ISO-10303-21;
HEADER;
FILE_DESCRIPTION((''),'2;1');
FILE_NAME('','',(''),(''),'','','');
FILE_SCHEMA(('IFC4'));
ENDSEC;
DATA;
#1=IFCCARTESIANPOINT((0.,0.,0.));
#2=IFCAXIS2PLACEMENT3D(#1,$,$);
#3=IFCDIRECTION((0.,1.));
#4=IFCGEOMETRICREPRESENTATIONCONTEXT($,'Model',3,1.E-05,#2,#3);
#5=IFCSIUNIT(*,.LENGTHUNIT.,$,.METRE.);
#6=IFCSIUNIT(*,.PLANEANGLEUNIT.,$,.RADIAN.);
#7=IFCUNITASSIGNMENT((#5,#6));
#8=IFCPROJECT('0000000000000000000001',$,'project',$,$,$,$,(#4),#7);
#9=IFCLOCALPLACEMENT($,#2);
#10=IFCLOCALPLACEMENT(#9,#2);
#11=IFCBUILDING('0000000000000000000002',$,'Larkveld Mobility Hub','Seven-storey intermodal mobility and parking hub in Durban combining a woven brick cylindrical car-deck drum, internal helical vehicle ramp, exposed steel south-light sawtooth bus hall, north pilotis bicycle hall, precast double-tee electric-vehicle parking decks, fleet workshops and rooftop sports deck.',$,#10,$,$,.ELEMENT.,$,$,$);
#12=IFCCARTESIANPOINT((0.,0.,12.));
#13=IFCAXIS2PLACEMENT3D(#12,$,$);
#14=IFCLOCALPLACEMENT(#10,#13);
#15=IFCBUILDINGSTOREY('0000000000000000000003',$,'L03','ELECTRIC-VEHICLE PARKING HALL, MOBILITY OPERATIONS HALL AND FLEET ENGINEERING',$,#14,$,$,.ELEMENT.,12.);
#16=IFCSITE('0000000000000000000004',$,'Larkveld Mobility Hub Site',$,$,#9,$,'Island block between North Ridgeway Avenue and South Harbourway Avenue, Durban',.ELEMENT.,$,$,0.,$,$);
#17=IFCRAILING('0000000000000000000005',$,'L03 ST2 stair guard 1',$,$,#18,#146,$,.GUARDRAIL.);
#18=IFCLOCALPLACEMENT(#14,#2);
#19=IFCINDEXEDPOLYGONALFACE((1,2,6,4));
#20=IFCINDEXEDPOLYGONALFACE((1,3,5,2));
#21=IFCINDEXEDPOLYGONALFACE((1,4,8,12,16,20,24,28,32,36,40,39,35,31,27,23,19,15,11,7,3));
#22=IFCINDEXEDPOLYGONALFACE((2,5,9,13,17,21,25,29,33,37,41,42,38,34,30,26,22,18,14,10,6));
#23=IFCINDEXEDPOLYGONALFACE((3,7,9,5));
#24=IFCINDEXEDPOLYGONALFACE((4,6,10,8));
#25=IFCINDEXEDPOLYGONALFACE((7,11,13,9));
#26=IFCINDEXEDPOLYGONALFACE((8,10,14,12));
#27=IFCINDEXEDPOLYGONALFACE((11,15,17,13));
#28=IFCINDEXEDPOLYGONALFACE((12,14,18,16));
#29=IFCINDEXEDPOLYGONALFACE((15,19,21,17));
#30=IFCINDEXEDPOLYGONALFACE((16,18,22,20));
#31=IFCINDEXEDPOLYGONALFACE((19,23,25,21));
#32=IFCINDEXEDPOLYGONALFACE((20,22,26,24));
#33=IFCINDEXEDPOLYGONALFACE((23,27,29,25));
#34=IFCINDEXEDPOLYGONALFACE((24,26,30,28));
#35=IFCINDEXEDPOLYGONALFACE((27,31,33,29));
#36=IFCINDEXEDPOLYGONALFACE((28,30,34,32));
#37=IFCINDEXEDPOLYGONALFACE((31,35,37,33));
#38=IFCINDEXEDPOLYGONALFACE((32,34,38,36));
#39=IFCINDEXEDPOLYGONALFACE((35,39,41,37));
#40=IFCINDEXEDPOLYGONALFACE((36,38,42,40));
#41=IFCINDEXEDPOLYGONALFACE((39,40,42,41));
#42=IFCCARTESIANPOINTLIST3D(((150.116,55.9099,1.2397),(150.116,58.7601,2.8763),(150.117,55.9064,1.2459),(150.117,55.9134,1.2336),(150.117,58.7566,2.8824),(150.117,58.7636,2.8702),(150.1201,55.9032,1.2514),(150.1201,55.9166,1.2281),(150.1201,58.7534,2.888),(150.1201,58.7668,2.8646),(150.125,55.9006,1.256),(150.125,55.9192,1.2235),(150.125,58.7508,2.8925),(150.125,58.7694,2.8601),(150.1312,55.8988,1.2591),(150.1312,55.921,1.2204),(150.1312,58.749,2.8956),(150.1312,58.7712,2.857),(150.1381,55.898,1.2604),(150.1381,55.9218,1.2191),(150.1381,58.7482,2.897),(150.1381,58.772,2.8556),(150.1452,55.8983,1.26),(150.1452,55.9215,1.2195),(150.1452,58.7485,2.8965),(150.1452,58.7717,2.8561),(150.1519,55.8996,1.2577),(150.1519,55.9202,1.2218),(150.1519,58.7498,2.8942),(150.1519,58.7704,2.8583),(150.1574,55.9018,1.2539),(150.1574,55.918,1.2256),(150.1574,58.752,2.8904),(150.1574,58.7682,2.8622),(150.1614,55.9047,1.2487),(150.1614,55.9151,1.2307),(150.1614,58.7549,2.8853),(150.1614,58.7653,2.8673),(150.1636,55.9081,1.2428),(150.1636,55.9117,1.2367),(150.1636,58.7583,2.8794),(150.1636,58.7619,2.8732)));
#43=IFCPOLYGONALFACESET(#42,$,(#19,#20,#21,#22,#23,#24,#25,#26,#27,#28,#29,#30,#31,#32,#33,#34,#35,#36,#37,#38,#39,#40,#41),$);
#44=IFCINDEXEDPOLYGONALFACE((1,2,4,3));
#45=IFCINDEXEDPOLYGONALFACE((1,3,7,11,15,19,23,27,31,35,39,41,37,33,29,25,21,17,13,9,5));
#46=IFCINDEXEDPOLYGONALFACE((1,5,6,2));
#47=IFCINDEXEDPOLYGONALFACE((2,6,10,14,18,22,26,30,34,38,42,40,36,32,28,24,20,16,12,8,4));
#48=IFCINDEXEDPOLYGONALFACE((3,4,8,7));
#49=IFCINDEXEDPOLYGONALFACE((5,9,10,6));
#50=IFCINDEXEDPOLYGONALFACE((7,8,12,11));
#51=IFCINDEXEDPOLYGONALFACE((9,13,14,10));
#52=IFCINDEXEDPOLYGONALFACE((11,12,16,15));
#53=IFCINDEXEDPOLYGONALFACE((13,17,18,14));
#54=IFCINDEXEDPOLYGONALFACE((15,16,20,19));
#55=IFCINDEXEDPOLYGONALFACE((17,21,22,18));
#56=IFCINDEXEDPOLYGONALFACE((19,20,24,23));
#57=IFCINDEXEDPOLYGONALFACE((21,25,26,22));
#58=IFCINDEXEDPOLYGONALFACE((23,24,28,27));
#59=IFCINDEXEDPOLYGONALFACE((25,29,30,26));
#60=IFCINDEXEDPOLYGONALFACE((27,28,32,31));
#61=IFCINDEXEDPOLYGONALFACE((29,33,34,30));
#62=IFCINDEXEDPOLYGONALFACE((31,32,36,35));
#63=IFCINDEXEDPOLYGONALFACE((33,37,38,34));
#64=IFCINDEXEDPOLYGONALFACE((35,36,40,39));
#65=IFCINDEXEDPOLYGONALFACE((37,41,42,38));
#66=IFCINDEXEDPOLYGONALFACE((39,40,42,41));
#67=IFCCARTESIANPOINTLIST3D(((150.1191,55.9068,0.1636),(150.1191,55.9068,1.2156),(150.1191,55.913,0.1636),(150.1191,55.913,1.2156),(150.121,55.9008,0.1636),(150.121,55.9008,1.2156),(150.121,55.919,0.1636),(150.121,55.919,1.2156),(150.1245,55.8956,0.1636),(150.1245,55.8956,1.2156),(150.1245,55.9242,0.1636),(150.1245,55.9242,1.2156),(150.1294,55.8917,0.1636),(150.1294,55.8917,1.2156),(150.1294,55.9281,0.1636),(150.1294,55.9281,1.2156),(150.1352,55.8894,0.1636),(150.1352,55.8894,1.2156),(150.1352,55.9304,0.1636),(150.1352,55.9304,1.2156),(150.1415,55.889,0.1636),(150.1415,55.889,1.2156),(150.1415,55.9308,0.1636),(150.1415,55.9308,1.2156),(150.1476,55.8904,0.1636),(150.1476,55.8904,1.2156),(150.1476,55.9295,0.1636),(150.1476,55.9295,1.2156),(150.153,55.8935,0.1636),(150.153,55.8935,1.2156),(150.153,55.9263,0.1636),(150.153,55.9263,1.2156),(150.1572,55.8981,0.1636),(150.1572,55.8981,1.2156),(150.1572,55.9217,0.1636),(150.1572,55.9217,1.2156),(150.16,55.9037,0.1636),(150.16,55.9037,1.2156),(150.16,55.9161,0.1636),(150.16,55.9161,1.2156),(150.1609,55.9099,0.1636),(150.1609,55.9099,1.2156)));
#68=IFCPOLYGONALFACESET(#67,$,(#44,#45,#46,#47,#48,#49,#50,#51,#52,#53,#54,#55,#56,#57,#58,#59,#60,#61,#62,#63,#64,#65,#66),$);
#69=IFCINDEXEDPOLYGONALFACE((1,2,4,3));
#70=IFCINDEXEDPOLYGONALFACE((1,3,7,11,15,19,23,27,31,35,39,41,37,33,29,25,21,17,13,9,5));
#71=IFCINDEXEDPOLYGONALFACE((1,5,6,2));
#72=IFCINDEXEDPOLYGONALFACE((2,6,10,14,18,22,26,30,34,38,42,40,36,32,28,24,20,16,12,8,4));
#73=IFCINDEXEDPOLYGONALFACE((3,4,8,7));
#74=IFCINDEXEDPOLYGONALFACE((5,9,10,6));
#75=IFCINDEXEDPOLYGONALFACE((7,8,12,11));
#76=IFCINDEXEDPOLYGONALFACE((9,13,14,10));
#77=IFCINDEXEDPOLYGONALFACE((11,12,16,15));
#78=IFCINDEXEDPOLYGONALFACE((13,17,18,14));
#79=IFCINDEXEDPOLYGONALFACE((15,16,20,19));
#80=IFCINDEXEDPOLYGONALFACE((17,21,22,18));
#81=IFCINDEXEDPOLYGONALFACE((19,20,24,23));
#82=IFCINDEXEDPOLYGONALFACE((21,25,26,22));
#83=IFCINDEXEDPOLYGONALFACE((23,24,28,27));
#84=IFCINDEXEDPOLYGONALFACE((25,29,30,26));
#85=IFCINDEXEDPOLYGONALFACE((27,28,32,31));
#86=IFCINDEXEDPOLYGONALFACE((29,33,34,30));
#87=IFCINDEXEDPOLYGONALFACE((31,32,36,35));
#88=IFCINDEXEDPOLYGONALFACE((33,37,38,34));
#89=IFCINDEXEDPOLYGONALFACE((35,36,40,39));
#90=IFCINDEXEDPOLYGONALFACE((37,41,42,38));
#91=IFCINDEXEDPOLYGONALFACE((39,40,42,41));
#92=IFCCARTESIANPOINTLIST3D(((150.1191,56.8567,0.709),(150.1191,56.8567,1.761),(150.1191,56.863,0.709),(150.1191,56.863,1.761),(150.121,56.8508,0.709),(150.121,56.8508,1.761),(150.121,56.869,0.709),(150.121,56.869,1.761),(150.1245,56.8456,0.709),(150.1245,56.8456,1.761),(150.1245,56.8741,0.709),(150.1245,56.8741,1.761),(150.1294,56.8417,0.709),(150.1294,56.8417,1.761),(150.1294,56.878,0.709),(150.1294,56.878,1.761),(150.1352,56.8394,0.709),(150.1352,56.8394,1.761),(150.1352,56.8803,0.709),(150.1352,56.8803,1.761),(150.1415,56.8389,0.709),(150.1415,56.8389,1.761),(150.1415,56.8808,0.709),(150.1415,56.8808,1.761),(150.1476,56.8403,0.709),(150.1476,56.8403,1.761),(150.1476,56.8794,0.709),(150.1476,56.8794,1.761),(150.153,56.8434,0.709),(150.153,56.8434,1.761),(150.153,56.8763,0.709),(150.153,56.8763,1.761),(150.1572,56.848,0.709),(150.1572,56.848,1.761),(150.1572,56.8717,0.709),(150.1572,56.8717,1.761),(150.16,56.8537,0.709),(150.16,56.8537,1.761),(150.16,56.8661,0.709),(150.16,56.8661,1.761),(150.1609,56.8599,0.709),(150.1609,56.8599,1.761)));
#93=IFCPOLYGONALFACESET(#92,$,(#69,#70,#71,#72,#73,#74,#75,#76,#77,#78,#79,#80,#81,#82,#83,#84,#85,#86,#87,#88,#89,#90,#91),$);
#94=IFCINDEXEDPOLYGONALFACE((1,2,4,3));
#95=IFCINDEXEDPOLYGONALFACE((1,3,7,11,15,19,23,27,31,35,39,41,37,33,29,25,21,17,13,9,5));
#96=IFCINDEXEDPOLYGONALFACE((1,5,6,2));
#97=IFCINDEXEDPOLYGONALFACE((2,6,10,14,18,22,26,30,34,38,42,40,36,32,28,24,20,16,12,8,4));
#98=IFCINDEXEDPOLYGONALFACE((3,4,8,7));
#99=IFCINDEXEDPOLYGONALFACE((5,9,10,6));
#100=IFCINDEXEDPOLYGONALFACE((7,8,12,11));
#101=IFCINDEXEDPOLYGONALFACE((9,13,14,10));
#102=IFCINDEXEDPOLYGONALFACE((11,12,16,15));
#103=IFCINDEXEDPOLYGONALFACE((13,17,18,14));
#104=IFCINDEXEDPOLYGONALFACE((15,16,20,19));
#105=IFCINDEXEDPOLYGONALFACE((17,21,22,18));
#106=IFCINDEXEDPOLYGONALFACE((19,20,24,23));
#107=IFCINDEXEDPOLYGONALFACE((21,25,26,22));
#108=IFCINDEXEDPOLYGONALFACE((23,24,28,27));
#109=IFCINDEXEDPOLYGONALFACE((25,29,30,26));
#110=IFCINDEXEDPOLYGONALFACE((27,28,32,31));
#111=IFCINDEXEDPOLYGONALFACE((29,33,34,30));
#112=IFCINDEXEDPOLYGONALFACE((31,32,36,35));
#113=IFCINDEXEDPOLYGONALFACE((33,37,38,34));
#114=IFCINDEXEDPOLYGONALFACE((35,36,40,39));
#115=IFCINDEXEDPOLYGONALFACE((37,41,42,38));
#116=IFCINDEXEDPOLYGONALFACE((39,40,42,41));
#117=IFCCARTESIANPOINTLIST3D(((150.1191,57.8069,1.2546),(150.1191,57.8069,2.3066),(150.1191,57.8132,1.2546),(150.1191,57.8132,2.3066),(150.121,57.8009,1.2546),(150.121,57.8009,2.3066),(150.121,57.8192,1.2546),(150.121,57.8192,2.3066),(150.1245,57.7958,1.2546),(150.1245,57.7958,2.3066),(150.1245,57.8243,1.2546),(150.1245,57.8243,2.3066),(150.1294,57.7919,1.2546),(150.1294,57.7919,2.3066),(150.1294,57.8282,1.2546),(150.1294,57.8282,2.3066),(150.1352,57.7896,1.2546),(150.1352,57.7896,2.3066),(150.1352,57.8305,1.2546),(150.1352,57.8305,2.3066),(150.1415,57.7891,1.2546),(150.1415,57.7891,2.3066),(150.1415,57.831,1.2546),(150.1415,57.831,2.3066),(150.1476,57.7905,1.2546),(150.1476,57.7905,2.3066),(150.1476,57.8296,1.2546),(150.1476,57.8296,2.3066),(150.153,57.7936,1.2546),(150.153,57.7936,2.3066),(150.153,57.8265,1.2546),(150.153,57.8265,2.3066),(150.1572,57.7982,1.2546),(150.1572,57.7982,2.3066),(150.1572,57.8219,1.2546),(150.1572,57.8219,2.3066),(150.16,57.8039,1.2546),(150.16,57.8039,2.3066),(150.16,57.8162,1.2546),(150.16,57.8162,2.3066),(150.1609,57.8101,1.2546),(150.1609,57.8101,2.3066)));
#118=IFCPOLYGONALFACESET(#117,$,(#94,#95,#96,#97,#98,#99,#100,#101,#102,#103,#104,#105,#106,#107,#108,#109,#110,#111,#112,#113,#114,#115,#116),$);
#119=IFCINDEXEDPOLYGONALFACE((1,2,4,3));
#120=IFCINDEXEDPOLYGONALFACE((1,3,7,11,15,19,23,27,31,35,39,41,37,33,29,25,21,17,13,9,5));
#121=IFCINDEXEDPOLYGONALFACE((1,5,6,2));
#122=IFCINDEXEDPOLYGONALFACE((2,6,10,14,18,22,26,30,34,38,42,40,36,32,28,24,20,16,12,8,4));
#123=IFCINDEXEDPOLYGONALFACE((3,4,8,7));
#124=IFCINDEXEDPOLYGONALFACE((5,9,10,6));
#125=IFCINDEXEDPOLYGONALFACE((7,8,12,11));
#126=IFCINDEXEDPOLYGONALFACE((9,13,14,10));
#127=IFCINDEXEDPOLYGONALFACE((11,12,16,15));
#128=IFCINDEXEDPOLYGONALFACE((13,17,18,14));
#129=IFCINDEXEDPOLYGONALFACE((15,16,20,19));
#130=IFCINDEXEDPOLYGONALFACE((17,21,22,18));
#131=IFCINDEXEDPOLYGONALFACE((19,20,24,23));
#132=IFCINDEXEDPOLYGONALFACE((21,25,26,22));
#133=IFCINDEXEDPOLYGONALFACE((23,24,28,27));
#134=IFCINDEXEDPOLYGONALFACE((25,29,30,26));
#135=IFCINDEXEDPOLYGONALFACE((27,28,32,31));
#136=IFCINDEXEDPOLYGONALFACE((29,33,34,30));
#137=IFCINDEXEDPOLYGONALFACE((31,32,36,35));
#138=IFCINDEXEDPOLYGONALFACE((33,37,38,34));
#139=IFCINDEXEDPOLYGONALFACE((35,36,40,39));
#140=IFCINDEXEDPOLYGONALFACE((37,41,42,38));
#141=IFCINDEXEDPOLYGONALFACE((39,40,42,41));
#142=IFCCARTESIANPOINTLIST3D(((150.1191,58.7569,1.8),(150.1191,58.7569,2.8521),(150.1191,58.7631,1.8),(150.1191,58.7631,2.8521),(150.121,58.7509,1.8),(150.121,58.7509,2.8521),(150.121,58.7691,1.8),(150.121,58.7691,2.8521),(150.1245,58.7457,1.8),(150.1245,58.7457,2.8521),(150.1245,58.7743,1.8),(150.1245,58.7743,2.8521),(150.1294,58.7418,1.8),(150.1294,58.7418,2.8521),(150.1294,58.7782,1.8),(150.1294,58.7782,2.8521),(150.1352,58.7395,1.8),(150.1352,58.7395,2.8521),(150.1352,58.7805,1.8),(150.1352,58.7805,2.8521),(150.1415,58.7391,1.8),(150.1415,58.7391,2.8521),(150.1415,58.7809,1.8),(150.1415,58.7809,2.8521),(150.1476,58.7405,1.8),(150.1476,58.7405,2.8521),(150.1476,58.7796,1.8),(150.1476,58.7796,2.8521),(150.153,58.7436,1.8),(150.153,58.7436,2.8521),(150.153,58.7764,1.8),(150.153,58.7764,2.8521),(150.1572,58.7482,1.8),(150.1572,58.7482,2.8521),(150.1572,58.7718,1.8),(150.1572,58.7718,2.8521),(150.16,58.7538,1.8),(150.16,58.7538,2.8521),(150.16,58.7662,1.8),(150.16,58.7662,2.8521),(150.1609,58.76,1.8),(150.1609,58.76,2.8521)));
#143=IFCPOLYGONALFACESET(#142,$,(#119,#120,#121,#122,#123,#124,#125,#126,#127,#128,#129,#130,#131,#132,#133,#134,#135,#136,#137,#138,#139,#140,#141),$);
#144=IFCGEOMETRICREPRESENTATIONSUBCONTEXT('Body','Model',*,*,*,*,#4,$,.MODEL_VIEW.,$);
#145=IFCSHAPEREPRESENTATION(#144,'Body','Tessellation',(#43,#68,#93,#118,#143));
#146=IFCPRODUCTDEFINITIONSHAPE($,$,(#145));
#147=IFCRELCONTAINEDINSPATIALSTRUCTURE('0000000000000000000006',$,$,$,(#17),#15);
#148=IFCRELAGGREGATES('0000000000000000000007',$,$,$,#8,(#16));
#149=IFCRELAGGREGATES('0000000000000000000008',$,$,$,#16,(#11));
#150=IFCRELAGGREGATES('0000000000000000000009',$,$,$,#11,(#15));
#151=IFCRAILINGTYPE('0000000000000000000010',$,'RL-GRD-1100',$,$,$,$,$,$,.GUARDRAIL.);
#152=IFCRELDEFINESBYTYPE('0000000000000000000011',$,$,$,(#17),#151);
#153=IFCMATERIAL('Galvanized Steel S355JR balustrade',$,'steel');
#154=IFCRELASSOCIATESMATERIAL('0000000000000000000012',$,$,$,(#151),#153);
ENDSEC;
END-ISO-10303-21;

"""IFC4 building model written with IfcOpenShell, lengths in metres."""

from ifc_helpers import new_model, si_unit, direction, frame, origin, origin_2d, place, context, subcontext, project, spatial, circle, extrude, material, type_object, element, save


model = new_model("IFC4")

# Units and contexts
model_context = context("Model", 3, precision=1e-05, world=origin(), true_north=direction((0.0, 1.0)))
body_context = subcontext(model_context, "Body", "Model", "MODEL_VIEW")
ifc_project = project(units=[si_unit("LENGTHUNIT", "METRE"), si_unit("PLANEANGLEUNIT", "RADIAN")], contexts=[model_context])

# Site, building, storey
site_placement = place(None, origin())
site = spatial("IfcSite", under=ifc_project, at=site_placement, Name="Larkveld Mobility Hub Site", LongName="Island block between North Ridgeway Avenue and South Harbourway Avenue, Durban", CompositionType="ELEMENT", RefElevation=0.0)
building_placement = place(site_placement, origin())
building = spatial("IfcBuilding", under=site, at=building_placement, Name="Larkveld Mobility Hub", Description="Seven-storey intermodal mobility and parking hub in Durban combining a woven brick cylindrical car-deck drum, internal helical vehicle ramp, exposed steel south-light sawtooth bus hall, north pilotis bicycle hall, precast double-tee electric-vehicle parking decks, fleet workshops and rooftop sports deck.", CompositionType="ELEMENT")
storey_placement = place(building_placement, frame((0.0, 0.0, 12.0)))
storey = spatial("IfcBuildingStorey", under=building, at=storey_placement, Name="L03", Description="ELECTRIC-VEHICLE PARKING HALL, MOBILITY OPERATIONS HALL AND FLEET ENGINEERING", CompositionType="ELEMENT", Elevation=12.0)

# Railing
ifc_material_1 = material(Name="Galvanized Steel S355JR balustrade", Category="steel")
railing_type_1 = type_object("IfcRailingType", Name="RL-GRD-1100", PredefinedType="GUARDRAIL", material=ifc_material_1)
railing_1_placement = place(storey_placement, frame((150.1399, 55.9099, 0.1636)))
element("IfcRailing", 1, at=railing_1_placement, inside=storey, type_object=railing_type_1, Name="L03 ST2 stair guard 1", PredefinedType="GUARDRAIL", context=body_context, shape_type="SweptSolid", body=[
    extrude(circle(Radius=0.0239, at=origin_2d()), frame((0.0, 0.0, 1.0762), z_axis=(0.0, 0.867213, 0.497938), x_axis=(-1.0, 0.0, 0.0)), (0.0, 0.0, 1.0), 3.2866),
    extrude(circle(Radius=0.021, at=origin_2d()), origin(), (0.0, 0.0, 1.0), 1.052),
    extrude(circle(Radius=0.021, at=origin_2d()), frame((0.0, 0.95, 0.5454)), (0.0, 0.0, 1.0), 1.052),
    extrude(circle(Radius=0.021, at=origin_2d()), frame((0.0, 1.9001, 1.0911)), (0.0, 0.0, 1.0), 1.052),
    extrude(circle(Radius=0.021, at=origin_2d()), frame((0.0, 2.8501, 1.6365)), (0.0, 0.0, 1.0), 1.052),
])

save(model, "model.ifc")
